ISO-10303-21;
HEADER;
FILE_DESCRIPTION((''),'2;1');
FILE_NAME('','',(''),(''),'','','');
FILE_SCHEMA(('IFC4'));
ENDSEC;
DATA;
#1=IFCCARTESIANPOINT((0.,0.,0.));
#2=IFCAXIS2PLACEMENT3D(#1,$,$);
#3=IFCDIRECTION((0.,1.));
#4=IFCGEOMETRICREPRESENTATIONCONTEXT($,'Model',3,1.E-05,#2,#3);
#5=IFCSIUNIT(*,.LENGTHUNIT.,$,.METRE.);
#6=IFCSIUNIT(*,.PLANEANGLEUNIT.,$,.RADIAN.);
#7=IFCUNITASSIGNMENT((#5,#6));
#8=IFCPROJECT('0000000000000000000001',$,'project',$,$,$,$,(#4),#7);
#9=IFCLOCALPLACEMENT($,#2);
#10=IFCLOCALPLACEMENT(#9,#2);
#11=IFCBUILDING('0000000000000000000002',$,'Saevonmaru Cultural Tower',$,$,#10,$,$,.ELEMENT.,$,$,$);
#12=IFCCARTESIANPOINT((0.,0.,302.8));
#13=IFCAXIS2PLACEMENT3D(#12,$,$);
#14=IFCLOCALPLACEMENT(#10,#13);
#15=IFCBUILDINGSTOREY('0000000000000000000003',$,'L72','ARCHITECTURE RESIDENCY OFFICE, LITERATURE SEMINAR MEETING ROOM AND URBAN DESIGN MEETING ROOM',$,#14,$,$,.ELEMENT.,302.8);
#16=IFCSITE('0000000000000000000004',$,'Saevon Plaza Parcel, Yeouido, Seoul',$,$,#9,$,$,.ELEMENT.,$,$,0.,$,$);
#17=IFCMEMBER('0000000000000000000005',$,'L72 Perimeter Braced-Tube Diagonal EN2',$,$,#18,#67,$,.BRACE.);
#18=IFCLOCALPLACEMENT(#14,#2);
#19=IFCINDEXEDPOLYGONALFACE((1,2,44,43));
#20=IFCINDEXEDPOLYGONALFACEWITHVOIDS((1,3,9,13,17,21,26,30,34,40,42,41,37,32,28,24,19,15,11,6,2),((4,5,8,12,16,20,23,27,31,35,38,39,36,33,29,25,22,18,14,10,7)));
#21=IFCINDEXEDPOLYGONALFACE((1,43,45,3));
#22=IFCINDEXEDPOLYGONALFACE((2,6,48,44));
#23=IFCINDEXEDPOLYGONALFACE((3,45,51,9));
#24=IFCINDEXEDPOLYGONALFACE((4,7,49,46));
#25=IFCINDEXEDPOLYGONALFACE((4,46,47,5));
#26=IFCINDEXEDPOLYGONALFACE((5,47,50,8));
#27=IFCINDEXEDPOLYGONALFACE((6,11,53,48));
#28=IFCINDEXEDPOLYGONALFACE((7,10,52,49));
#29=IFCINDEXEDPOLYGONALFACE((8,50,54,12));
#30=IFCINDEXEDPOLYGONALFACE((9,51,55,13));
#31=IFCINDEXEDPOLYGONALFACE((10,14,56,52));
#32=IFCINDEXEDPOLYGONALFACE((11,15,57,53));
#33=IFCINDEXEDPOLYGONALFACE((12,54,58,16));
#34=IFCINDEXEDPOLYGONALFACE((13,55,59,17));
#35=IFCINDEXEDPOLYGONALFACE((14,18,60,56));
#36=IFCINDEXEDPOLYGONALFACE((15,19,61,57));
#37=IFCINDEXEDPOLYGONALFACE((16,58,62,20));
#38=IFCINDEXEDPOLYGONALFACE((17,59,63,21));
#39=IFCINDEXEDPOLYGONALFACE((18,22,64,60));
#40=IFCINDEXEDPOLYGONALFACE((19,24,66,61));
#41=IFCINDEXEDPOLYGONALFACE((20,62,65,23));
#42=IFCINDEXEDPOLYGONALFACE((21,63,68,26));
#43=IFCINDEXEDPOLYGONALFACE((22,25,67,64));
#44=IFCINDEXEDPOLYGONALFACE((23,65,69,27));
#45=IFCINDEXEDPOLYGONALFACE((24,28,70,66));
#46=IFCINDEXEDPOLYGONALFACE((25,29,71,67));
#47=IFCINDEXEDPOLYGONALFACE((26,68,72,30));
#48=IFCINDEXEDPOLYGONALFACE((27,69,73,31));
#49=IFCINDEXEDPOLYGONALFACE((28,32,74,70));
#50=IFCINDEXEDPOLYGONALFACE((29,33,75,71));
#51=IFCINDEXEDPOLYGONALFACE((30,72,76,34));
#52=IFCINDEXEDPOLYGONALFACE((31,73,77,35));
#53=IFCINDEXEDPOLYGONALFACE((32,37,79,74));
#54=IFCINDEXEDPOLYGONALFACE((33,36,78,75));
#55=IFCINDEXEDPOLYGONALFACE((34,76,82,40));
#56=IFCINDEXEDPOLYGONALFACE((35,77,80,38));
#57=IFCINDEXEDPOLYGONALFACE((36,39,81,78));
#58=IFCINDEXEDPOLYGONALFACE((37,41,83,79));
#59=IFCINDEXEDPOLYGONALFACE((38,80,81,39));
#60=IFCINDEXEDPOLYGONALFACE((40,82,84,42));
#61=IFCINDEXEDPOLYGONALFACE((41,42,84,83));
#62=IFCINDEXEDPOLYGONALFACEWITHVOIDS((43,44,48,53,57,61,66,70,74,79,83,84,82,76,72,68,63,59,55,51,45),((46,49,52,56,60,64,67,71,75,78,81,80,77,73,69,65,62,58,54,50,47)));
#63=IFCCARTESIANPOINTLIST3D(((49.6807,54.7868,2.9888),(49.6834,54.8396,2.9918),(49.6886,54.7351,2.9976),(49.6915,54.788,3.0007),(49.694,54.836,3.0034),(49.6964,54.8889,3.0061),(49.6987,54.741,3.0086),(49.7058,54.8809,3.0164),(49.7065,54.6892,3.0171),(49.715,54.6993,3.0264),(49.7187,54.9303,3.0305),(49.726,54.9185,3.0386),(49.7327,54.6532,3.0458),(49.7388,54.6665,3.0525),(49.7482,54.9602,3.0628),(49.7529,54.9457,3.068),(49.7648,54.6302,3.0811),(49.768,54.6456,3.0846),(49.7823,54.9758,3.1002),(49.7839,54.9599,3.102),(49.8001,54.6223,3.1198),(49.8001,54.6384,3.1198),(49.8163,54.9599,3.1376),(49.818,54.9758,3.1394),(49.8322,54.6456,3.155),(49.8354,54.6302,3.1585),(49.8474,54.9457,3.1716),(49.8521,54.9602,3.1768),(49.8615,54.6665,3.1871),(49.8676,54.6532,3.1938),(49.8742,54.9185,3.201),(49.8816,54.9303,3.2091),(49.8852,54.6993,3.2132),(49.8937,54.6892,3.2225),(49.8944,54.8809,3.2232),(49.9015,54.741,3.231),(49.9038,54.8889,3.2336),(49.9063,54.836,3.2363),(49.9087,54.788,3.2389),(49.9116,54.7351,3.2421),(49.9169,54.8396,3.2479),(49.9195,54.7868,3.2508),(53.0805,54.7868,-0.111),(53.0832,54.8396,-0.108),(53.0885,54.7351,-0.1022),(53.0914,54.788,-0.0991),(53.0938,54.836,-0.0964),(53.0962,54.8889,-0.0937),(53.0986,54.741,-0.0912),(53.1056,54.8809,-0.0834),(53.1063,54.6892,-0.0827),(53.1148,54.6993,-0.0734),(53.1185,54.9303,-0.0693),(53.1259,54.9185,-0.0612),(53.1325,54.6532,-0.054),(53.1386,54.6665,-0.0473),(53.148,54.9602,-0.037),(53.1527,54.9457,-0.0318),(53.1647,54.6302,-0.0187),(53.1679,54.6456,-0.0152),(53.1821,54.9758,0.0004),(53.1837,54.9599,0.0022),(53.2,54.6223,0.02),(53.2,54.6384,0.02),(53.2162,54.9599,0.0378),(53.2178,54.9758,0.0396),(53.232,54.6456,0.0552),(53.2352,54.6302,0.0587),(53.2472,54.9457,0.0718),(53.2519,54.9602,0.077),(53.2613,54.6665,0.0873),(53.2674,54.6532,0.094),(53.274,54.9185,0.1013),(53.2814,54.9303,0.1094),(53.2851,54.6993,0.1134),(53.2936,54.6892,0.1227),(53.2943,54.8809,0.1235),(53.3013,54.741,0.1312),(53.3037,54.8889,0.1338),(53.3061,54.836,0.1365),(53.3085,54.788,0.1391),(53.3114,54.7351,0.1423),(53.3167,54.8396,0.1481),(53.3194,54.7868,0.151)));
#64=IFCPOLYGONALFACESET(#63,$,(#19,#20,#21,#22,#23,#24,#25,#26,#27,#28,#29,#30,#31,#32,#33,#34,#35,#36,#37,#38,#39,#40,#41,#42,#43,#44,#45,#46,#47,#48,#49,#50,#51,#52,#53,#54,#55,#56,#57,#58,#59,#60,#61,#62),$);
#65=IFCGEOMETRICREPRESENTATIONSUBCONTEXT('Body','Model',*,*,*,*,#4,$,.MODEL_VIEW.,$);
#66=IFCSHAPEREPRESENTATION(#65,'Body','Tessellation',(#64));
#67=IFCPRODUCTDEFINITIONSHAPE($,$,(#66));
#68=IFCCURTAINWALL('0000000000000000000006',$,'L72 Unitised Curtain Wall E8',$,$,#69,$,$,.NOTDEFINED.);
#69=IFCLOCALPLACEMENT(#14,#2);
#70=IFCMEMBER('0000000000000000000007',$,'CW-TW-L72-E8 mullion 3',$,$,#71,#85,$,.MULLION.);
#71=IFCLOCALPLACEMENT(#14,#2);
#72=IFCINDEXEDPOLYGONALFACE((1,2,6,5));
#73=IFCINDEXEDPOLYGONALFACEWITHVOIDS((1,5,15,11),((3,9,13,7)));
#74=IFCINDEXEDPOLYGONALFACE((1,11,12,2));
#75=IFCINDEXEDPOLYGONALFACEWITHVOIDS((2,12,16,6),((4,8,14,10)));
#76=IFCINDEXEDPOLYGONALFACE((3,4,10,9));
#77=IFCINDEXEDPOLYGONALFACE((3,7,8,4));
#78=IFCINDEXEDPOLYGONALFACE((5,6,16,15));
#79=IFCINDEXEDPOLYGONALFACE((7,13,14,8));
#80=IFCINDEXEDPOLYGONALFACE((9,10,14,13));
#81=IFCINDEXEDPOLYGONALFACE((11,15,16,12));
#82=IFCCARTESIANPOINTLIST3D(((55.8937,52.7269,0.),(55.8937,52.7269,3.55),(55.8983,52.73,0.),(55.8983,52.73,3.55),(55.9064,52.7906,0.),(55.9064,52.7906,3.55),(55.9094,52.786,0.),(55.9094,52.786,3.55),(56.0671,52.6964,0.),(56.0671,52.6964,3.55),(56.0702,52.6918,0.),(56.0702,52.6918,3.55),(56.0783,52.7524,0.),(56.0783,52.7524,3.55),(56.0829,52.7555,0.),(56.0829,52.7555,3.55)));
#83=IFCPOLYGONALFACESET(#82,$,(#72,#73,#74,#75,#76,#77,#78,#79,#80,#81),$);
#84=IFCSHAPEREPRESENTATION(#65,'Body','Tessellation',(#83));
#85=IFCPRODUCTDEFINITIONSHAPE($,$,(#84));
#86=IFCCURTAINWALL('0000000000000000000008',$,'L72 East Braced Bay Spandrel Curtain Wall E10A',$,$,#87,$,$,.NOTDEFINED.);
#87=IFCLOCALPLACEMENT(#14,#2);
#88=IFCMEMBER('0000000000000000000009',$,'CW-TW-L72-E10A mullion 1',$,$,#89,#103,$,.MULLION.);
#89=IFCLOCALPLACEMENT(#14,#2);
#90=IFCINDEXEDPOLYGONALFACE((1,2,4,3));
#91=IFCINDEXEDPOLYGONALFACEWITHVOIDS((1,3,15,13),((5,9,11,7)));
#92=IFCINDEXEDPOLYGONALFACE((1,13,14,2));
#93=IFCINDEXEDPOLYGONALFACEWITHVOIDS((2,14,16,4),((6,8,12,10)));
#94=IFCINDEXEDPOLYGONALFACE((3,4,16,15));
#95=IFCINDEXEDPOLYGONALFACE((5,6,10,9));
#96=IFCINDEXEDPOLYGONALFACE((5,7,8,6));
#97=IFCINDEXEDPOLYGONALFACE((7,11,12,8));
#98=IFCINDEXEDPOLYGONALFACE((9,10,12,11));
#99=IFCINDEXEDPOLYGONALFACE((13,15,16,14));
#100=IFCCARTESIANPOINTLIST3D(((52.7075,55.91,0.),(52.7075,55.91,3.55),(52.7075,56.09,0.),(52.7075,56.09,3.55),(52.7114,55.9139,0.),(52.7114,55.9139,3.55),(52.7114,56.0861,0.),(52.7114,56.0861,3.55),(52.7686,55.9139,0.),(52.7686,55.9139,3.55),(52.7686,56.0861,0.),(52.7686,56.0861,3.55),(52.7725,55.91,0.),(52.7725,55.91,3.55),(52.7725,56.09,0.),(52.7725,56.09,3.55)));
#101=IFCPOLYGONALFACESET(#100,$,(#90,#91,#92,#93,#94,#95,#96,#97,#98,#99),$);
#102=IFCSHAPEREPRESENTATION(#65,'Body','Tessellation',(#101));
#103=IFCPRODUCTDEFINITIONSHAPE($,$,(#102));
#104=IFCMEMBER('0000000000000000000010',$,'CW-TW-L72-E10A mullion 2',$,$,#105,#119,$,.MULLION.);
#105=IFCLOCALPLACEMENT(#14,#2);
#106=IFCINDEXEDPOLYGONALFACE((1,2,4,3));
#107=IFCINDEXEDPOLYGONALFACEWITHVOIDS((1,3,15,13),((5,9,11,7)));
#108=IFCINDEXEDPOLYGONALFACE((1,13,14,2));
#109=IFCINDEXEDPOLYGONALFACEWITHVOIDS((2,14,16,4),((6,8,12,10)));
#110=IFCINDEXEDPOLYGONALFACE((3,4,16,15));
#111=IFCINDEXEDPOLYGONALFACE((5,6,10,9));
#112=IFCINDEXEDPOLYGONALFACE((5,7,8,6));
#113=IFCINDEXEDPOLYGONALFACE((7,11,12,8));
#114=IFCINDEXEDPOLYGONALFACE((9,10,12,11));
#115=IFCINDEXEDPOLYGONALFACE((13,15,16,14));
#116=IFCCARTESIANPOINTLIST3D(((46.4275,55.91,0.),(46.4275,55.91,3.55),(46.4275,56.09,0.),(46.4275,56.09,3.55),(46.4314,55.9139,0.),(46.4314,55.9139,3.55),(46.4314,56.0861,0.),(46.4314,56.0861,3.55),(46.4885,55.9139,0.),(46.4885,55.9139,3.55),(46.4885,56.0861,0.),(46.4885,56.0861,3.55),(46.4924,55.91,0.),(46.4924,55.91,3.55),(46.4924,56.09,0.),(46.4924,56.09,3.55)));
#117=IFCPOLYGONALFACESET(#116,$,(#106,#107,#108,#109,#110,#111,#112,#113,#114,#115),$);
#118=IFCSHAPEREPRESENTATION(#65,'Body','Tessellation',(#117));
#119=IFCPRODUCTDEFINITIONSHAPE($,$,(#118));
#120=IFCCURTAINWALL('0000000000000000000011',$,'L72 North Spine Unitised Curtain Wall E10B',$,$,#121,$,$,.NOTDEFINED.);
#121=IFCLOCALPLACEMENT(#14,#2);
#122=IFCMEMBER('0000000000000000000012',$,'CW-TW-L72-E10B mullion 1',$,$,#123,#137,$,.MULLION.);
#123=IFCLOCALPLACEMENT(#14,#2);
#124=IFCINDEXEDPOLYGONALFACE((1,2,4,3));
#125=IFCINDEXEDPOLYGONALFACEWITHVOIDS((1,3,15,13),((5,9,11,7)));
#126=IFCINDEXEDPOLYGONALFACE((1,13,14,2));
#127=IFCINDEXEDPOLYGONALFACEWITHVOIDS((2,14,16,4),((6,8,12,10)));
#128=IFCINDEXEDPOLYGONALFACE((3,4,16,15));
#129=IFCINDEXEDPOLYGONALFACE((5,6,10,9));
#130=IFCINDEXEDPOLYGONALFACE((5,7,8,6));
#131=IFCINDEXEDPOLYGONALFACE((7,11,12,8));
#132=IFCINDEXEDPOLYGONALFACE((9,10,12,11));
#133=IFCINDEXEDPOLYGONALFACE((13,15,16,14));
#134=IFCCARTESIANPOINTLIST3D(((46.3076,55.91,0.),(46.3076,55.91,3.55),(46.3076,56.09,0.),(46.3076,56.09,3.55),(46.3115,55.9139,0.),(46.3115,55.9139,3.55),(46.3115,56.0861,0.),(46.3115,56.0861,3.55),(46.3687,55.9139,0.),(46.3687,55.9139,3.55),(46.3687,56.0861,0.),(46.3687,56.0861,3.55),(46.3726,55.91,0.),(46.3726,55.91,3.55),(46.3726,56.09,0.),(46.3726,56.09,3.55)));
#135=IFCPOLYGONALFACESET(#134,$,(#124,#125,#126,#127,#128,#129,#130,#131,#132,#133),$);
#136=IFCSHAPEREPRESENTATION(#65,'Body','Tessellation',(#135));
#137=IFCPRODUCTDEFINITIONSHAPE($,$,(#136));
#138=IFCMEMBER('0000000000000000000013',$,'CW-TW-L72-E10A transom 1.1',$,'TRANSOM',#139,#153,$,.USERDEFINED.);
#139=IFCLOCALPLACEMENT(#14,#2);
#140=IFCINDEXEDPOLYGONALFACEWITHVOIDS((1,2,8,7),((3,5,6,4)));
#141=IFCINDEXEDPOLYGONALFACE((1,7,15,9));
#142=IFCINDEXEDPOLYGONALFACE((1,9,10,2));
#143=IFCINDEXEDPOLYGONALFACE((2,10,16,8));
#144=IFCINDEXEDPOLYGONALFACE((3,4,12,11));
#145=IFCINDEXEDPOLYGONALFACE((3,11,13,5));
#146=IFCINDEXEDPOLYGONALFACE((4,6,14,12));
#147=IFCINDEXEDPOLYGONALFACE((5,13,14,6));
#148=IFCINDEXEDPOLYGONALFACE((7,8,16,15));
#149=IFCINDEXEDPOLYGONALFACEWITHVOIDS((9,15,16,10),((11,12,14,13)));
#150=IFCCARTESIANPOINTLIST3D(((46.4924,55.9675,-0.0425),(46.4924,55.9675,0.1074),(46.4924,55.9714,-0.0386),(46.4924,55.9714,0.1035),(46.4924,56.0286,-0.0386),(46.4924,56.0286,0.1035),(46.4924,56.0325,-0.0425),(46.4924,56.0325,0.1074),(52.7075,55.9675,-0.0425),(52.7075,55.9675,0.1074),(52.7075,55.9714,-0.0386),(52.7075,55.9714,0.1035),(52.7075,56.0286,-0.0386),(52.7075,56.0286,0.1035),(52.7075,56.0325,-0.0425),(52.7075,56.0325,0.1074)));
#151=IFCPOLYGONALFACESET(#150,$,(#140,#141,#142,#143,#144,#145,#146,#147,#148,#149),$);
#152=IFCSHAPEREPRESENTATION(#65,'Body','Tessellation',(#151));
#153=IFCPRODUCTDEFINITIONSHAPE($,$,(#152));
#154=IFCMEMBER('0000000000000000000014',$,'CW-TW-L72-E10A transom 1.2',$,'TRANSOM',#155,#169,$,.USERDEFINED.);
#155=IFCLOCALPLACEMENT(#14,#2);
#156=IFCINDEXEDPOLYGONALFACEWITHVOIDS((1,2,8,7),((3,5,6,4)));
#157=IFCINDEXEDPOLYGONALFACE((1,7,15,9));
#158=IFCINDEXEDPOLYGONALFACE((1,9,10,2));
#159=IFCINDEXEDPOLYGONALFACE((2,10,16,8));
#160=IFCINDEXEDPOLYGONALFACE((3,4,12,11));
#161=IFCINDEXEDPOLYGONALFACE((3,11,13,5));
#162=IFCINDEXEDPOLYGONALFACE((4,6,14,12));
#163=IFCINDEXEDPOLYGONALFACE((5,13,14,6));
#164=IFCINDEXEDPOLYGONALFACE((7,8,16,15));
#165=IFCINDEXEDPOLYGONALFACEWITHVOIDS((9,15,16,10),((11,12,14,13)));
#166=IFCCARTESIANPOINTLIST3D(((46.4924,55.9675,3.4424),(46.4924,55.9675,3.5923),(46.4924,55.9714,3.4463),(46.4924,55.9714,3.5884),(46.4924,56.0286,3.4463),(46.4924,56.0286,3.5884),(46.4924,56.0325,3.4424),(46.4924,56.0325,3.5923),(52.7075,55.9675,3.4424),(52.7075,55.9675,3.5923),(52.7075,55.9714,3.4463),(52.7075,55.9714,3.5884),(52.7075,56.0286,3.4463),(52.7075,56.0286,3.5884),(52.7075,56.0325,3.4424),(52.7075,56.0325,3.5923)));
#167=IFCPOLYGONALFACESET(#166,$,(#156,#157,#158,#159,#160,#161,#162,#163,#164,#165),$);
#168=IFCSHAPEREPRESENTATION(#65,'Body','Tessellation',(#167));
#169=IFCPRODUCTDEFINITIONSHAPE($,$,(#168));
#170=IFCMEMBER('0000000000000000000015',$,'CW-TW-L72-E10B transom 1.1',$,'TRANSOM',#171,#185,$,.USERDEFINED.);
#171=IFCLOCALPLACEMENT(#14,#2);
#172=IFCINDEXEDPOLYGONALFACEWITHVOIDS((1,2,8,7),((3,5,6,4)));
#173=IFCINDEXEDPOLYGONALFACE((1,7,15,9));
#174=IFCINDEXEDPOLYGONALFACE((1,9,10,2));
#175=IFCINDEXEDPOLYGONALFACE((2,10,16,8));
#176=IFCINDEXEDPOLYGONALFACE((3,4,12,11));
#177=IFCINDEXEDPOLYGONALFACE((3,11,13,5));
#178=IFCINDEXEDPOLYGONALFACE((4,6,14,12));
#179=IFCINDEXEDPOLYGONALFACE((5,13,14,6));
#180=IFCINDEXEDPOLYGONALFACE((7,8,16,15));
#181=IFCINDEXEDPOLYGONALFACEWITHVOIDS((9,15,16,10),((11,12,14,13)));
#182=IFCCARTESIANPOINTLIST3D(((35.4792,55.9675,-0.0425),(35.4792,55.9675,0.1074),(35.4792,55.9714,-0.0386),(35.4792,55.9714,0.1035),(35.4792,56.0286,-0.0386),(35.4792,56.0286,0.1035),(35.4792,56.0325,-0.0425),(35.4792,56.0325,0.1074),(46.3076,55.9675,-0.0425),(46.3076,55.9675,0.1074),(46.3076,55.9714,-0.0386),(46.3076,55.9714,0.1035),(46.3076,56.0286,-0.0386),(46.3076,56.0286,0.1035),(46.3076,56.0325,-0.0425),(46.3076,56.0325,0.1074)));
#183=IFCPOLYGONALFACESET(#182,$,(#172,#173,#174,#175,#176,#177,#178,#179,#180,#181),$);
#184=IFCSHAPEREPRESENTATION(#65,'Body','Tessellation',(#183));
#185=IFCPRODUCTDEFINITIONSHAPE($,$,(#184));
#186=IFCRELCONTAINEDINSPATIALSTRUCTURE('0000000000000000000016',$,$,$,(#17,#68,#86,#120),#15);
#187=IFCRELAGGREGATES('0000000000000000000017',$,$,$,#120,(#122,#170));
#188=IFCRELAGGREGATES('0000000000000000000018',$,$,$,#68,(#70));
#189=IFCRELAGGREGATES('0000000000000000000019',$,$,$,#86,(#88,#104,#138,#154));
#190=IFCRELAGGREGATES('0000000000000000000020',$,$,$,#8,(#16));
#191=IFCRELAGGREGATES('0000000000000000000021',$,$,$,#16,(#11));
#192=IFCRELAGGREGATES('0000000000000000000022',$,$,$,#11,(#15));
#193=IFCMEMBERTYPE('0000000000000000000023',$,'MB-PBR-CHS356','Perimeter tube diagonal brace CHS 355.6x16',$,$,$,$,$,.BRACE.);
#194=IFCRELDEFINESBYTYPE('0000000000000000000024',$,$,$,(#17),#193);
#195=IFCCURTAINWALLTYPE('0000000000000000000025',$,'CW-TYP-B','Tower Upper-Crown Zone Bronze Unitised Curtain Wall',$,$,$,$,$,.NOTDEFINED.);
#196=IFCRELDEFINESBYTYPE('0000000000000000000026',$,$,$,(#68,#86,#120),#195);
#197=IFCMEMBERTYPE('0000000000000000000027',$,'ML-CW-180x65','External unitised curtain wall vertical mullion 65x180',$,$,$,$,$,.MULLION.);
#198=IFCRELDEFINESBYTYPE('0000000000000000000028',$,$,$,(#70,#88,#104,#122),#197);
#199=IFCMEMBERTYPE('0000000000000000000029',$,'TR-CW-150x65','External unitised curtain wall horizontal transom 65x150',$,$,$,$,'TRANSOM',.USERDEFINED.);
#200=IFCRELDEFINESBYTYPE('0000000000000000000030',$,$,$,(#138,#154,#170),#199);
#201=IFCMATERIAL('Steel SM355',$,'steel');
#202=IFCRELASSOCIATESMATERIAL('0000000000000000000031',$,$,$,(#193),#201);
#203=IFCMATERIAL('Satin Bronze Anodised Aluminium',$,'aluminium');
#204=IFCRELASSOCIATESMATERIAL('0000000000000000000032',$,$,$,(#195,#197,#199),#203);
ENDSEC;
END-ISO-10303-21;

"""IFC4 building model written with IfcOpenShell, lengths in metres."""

from ifc_helpers import new_model, si_unit, direction, frame, origin, origin_2d, place, context, subcontext, project, spatial, hollow_rectangle, hollow_circle, extrude, material, material_profile, profile_set, type_object, element, aggregate, save


model = new_model("IFC4")

# Units and contexts
model_context = context("Model", 3, precision=1e-05, world=origin(), true_north=direction((0.0, 1.0)))
body_context = subcontext(model_context, "Body", "Model", "MODEL_VIEW")
ifc_project = project(units=[si_unit("LENGTHUNIT", "METRE"), si_unit("PLANEANGLEUNIT", "RADIAN")], contexts=[model_context])

# Site, building, storey
site_placement = place(None, origin())
site = spatial("IfcSite", under=ifc_project, at=site_placement, Name="Saevon Plaza Parcel, Yeouido, Seoul", CompositionType="ELEMENT", RefElevation=0.0)
building_placement = place(site_placement, origin())
building = spatial("IfcBuilding", under=site, at=building_placement, Name="Saevonmaru Cultural Tower", CompositionType="ELEMENT")
storey_placement = place(building_placement, frame((0.0, 0.0, 302.8)))
storey = spatial("IfcBuildingStorey", under=building, at=storey_placement, Name="L72", Description="ARCHITECTURE RESIDENCY OFFICE, LITERATURE SEMINAR MEETING ROOM AND URBAN DESIGN MEETING ROOM", CompositionType="ELEMENT", Elevation=302.8)

# Shared definitions
ifc_material_1 = material(Name="Steel SM355", Category="steel")

# Member
ifc_material_profile_1 = material_profile(ifc_material_1, hollow_circle(Radius=0.1777, WallThickness=0.0161, at=origin_2d()), Name="CHS-355.6x16")
ifc_profile_set_1 = profile_set([ifc_material_profile_1], Name="Steel SM355")
member_type_1 = type_object("IfcMemberType", Name="MB-PBR-CHS356", Description="Perimeter tube diagonal brace CHS 355.6x16", PredefinedType="BRACE", material=ifc_profile_set_1)
member_1_placement = place(storey_placement, frame((53.2, 54.8, 0.02), z_axis=(-0.738962, 0.0, 0.673747), x_axis=(0.0, -1.0, 0.0)))
element("IfcMember", 1, at=member_1_placement, inside=storey, type_object=member_type_1, Name="L72 Perimeter Braced-Tube Diagonal EN2", PredefinedType="BRACE", context=body_context, shape_type="SweptSolid", body=[
    extrude(hollow_circle(Radius=0.1777, WallThickness=0.0161, at=origin_2d()), origin(), (0.0, 0.0, 1.0), 4.6008),
])

# Curtain wall, member
ifc_material_2 = material(Name="Satin Bronze Anodised Aluminium", Category="aluminium")
curtain_wall_type = type_object("IfcCurtainWallType", Name="CW-TYP-B", Description="Tower Upper-Crown Zone Bronze Unitised Curtain Wall", PredefinedType="NOTDEFINED", material=ifc_material_2)
curtain_wall_1_placement = place(storey_placement, origin())
curtain_wall_1 = element("IfcCurtainWall", 2, at=curtain_wall_1_placement, inside=storey, type_object=curtain_wall_type, Name="L72 Unitised Curtain Wall E8", PredefinedType="NOTDEFINED")
ifc_material_profile_2 = material_profile(ifc_material_2, hollow_rectangle(XDim=0.0649, YDim=0.1799, WallThickness=0.0039, at=origin_2d()), Name="ALU-MULL-180x65x4")
ifc_profile_set_2 = profile_set([ifc_material_profile_2], Name="Satin Bronze Anodised Aluminium")
member_type_2 = type_object("IfcMemberType", Name="ML-CW-180x65", Description="External unitised curtain wall vertical mullion 65x180", PredefinedType="MULLION", material=ifc_profile_set_2)
member_2_placement = place(storey_placement, frame((55.9883, 52.7412, 0.0), z_axis=(0.0, 0.0, 1.0), x_axis=(0.195005, 0.980802, 0.0)))
member_2 = element("IfcMember", 3, at=member_2_placement, type_object=member_type_2, Name="CW-TW-L72-E8 mullion 3", PredefinedType="MULLION", context=body_context, shape_type="SweptSolid", body=[
    extrude(hollow_rectangle(XDim=0.0649, YDim=0.1799, WallThickness=0.0039, at=origin_2d()), origin(), (0.0, 0.0, 1.0), 3.55),
])

# Curtain wall, members
curtain_wall_2_placement = place(storey_placement, origin())
curtain_wall_2 = element("IfcCurtainWall", 4, at=curtain_wall_2_placement, inside=storey, type_object=curtain_wall_type, Name="L72 East Braced Bay Spandrel Curtain Wall E10A", PredefinedType="NOTDEFINED")
member_3_placement = place(storey_placement, frame((52.74, 56.0, 0.0), z_axis=(0.0, 0.0, 1.0), x_axis=(-1.0, 0.0, 0.0)))
member_3 = element("IfcMember", 5, at=member_3_placement, type_object=member_type_2, Name="CW-TW-L72-E10A mullion 1", PredefinedType="MULLION", context=body_context, shape_type="SweptSolid", body=[
    extrude(hollow_rectangle(XDim=0.0649, YDim=0.1799, WallThickness=0.0039, at=origin_2d()), origin(), (0.0, 0.0, 1.0), 3.55),
])
member_4_placement = place(storey_placement, frame((46.46, 56.0, 0.0), z_axis=(0.0, 0.0, 1.0), x_axis=(-1.0, 0.0, 0.0)))
member_4 = element("IfcMember", 6, at=member_4_placement, type_object=member_type_2, Name="CW-TW-L72-E10A mullion 2", PredefinedType="MULLION", context=body_context, shape_type="SweptSolid", body=[
    extrude(hollow_rectangle(XDim=0.0649, YDim=0.1799, WallThickness=0.0039, at=origin_2d()), origin(), (0.0, 0.0, 1.0), 3.55),
])

# Curtain wall, member
curtain_wall_3_placement = place(storey_placement, origin())
curtain_wall_3 = element("IfcCurtainWall", 7, at=curtain_wall_3_placement, inside=storey, type_object=curtain_wall_type, Name="L72 North Spine Unitised Curtain Wall E10B", PredefinedType="NOTDEFINED")
member_5_placement = place(storey_placement, frame((46.3401, 56.0, 0.0), z_axis=(0.0, 0.0, 1.0), x_axis=(-1.0, 0.0, 0.0)))
member_5 = element("IfcMember", 8, at=member_5_placement, type_object=member_type_2, Name="CW-TW-L72-E10B mullion 1", PredefinedType="MULLION", context=body_context, shape_type="SweptSolid", body=[
    extrude(hollow_rectangle(XDim=0.0649, YDim=0.1799, WallThickness=0.0039, at=origin_2d()), origin(), (0.0, 0.0, 1.0), 3.55),
])

# Members
ifc_material_profile_3 = material_profile(ifc_material_2, hollow_rectangle(XDim=0.0649, YDim=0.1499, WallThickness=0.0039, at=origin_2d()), Name="ALU-TRAN-150x65x4")
ifc_profile_set_3 = profile_set([ifc_material_profile_3], Name="Satin Bronze Anodised Aluminium")
member_type_3 = type_object("IfcMemberType", Name="TR-CW-150x65", Description="External unitised curtain wall horizontal transom 65x150", ElementType="TRANSOM", PredefinedType="USERDEFINED", material=ifc_profile_set_3)
member_6_placement = place(storey_placement, frame((52.7075, 56.0, 0.0325), z_axis=(-1.0, 0.0, 0.0), x_axis=(0.0, -1.0, 0.0)))
member_6 = element("IfcMember", 9, at=member_6_placement, type_object=member_type_3, Name="CW-TW-L72-E10A transom 1.1", ObjectType="TRANSOM", PredefinedType="USERDEFINED", context=body_context, shape_type="SweptSolid", body=[
    extrude(hollow_rectangle(XDim=0.0649, YDim=0.1499, WallThickness=0.0039, at=origin_2d()), origin(), (0.0, 0.0, 1.0), 6.2151),
])
member_7_placement = place(storey_placement, frame((52.7075, 56.0, 3.5173), z_axis=(-1.0, 0.0, 0.0), x_axis=(0.0, -1.0, 0.0)))
member_7 = element("IfcMember", 10, at=member_7_placement, type_object=member_type_3, Name="CW-TW-L72-E10A transom 1.2", ObjectType="TRANSOM", PredefinedType="USERDEFINED", context=body_context, shape_type="SweptSolid", body=[
    extrude(hollow_rectangle(XDim=0.0649, YDim=0.1499, WallThickness=0.0039, at=origin_2d()), origin(), (0.0, 0.0, 1.0), 6.2151),
])
member_8_placement = place(storey_placement, frame((46.3076, 56.0, 0.0325), z_axis=(-1.0, 0.0, 0.0), x_axis=(0.0, -1.0, 0.0)))
member_8 = element("IfcMember", 11, at=member_8_placement, type_object=member_type_3, Name="CW-TW-L72-E10B transom 1.1", ObjectType="TRANSOM", PredefinedType="USERDEFINED", context=body_context, shape_type="SweptSolid", body=[
    extrude(hollow_rectangle(XDim=0.0649, YDim=0.1499, WallThickness=0.0039, at=origin_2d()), origin(), (0.0, 0.0, 1.0), 10.8284),
])
aggregate(curtain_wall_3, [member_5, member_8])

aggregate(curtain_wall_1, [member_2])
aggregate(curtain_wall_2, [member_3, member_4, member_6, member_7])

save(model, "model.ifc")
